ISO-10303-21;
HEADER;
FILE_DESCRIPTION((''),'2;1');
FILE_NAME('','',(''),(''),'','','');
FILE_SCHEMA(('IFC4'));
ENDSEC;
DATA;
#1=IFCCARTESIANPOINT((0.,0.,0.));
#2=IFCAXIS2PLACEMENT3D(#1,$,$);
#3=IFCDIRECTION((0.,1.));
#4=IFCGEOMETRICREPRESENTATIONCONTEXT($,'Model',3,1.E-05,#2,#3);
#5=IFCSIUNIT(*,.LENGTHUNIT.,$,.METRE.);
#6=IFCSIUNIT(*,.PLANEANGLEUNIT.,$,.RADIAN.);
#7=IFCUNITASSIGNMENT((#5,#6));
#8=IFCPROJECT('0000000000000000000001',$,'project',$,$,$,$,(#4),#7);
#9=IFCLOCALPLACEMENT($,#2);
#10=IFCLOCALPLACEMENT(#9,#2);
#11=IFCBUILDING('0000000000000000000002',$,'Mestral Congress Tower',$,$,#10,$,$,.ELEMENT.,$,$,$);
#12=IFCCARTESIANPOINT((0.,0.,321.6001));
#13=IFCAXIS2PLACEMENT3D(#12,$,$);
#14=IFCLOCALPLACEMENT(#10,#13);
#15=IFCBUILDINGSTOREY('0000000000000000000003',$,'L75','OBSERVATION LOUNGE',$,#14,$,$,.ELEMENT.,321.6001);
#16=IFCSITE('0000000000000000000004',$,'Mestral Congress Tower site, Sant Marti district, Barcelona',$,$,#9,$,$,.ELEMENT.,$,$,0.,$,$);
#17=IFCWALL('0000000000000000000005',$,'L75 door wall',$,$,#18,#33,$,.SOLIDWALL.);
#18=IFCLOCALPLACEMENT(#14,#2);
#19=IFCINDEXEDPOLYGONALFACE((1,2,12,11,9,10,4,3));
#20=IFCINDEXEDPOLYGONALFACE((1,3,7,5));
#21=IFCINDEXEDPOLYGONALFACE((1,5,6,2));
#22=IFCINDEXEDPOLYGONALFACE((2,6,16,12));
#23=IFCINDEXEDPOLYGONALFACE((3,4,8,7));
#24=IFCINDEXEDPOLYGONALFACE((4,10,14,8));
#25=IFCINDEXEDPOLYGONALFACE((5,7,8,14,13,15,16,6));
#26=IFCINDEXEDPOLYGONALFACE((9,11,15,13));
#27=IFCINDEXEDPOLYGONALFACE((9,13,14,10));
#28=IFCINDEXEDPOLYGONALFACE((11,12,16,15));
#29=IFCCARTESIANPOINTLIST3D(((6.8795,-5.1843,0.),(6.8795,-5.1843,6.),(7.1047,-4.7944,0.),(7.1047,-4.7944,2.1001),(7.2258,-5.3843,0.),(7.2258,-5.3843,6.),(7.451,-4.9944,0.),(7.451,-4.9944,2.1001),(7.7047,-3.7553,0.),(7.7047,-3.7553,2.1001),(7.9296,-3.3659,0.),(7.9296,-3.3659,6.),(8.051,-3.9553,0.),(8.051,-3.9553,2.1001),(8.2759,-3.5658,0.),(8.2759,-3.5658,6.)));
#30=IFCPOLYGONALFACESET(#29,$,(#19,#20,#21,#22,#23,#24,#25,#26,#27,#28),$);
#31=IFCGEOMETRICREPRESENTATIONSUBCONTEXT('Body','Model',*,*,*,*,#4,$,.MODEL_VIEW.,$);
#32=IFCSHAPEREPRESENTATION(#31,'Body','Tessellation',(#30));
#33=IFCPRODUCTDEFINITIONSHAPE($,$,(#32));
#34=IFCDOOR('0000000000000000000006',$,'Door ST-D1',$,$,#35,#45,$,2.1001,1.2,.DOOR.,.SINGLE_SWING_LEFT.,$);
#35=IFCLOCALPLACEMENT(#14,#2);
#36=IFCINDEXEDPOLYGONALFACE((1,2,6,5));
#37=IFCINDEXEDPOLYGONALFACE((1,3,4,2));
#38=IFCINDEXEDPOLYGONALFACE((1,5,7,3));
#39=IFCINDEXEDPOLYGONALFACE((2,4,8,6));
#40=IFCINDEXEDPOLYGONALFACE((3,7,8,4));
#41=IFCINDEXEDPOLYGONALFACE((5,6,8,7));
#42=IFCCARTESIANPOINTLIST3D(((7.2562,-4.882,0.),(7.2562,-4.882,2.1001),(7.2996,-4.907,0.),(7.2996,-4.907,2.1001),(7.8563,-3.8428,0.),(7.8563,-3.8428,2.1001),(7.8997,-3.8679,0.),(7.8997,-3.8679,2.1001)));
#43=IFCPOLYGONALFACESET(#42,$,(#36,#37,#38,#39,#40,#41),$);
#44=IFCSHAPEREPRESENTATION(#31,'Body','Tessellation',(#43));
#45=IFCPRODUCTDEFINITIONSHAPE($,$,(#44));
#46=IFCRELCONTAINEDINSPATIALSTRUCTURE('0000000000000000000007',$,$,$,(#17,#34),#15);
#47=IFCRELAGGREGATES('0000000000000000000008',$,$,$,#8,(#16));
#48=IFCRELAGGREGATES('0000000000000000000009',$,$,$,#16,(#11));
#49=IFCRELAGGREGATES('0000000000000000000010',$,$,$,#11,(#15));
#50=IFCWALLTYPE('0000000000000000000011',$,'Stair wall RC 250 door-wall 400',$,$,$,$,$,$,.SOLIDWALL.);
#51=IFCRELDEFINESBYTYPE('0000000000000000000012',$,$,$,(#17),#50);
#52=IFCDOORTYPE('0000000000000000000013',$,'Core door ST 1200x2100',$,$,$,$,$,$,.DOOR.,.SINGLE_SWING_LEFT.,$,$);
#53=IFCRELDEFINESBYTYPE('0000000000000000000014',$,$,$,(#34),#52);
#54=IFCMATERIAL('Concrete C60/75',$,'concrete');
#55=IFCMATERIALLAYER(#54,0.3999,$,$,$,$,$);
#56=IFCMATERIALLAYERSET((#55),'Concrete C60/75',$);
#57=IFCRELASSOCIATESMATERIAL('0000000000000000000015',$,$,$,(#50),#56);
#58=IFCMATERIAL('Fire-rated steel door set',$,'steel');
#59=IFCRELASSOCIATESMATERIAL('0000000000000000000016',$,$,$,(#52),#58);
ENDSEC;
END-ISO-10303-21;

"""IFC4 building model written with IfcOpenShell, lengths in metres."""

from ifc_helpers import new_model, si_unit, direction, frame, frame_2d, origin, place, context, subcontext, project, spatial, rectangle, extrude, material, layer, layer_set, type_object, element, fill, save


model = new_model("IFC4")

# Units and contexts
model_context = context("Model", 3, precision=1e-05, world=origin(), true_north=direction((0.0, 1.0)))
body_context = subcontext(model_context, "Body", "Model", "MODEL_VIEW")
ifc_project = project(units=[si_unit("LENGTHUNIT", "METRE"), si_unit("PLANEANGLEUNIT", "RADIAN")], contexts=[model_context])

# Site, building, storey
site_placement = place(None, origin())
site = spatial("IfcSite", under=ifc_project, at=site_placement, Name="Mestral Congress Tower site, Sant Marti district, Barcelona", CompositionType="ELEMENT", RefElevation=0.0)
building_placement = place(site_placement, origin())
building = spatial("IfcBuilding", under=site, at=building_placement, Name="Mestral Congress Tower", CompositionType="ELEMENT")
storey_placement = place(building_placement, frame((0.0, 0.0, 321.6001)))
storey = spatial("IfcBuildingStorey", under=building, at=storey_placement, Name="L75", Description="OBSERVATION LOUNGE", CompositionType="ELEMENT", Elevation=321.6001)

# Shared definitions
ifc_material_1 = material(Name="Fire-rated steel door set", Category="steel")

# Shared definitions
ifc_material_2 = material(Name="Concrete C60/75", Category="concrete")

# Wall, opening, door
ifc_layer_1 = layer(ifc_material_2, 0.3999)
ifc_layer_set_1 = layer_set([ifc_layer_1], Name="Concrete C60/75")
wall_type_1 = type_object("IfcWallType", Name="Stair wall RC 250 door-wall 400", PredefinedType="SOLIDWALL", material=ifc_layer_set_1)
wall_1_placement = place(storey_placement, frame((7.0527, -5.2842, 0.0), z_axis=(0.0, 0.0, 1.0), x_axis=(0.500078, 0.86598, 0.0)))
wall_1 = element("IfcWall", 1, at=wall_1_placement, inside=storey, type_object=wall_type_1, Name="L75 door wall", PredefinedType="SOLIDWALL", context=body_context, shape_type="SweptSolid", body=[
    extrude(rectangle(XDim=2.0999, YDim=0.3999, at=frame_2d((1.0498, 0.0))), origin(), (0.0, 0.0, 1.0), 6.0),
])
opening_1_placement = place(wall_1_placement, frame((0.45, 0.0, 0.0)))
opening_1 = element("IfcOpeningElement", 2, at=opening_1_placement, cuts=wall_1, PredefinedType="OPENING", context=body_context, shape_type="SweptSolid", body=[
    extrude(rectangle(XDim=1.2, YDim=2.1001, at=frame_2d((0.6001, 1.05))), frame((0.0, 0.21, 0.0), z_axis=(0.0, -1.0, 0.0), x_axis=(1.0, 0.0, 0.0)), (0.0, 0.0, 1.0), 0.4199),
])
door_type_1 = type_object("IfcDoorType", Name="Core door ST 1200x2100", OperationType="SINGLE_SWING_LEFT", PredefinedType="DOOR", material=ifc_material_1)
door_1_placement = place(opening_1_placement, origin())
door_1 = element("IfcDoor", 3, at=door_1_placement, inside=storey, type_object=door_type_1, Name="Door ST-D1", OperationType="SINGLE_SWING_LEFT", OverallHeight=2.1001, OverallWidth=1.2, PredefinedType="DOOR", context=body_context, shape_type="SweptSolid", body=[
    extrude(rectangle(XDim=1.2, YDim=2.1001, at=frame_2d((0.6001, 1.05))), frame((0.0, 0.0249, 0.0), z_axis=(0.0, -1.0, 0.0), x_axis=(1.0, 0.0, 0.0)), (0.0, 0.0, 1.0), 0.05),
])
fill(opening_1, door_1)

save(model, "model.ifc")
